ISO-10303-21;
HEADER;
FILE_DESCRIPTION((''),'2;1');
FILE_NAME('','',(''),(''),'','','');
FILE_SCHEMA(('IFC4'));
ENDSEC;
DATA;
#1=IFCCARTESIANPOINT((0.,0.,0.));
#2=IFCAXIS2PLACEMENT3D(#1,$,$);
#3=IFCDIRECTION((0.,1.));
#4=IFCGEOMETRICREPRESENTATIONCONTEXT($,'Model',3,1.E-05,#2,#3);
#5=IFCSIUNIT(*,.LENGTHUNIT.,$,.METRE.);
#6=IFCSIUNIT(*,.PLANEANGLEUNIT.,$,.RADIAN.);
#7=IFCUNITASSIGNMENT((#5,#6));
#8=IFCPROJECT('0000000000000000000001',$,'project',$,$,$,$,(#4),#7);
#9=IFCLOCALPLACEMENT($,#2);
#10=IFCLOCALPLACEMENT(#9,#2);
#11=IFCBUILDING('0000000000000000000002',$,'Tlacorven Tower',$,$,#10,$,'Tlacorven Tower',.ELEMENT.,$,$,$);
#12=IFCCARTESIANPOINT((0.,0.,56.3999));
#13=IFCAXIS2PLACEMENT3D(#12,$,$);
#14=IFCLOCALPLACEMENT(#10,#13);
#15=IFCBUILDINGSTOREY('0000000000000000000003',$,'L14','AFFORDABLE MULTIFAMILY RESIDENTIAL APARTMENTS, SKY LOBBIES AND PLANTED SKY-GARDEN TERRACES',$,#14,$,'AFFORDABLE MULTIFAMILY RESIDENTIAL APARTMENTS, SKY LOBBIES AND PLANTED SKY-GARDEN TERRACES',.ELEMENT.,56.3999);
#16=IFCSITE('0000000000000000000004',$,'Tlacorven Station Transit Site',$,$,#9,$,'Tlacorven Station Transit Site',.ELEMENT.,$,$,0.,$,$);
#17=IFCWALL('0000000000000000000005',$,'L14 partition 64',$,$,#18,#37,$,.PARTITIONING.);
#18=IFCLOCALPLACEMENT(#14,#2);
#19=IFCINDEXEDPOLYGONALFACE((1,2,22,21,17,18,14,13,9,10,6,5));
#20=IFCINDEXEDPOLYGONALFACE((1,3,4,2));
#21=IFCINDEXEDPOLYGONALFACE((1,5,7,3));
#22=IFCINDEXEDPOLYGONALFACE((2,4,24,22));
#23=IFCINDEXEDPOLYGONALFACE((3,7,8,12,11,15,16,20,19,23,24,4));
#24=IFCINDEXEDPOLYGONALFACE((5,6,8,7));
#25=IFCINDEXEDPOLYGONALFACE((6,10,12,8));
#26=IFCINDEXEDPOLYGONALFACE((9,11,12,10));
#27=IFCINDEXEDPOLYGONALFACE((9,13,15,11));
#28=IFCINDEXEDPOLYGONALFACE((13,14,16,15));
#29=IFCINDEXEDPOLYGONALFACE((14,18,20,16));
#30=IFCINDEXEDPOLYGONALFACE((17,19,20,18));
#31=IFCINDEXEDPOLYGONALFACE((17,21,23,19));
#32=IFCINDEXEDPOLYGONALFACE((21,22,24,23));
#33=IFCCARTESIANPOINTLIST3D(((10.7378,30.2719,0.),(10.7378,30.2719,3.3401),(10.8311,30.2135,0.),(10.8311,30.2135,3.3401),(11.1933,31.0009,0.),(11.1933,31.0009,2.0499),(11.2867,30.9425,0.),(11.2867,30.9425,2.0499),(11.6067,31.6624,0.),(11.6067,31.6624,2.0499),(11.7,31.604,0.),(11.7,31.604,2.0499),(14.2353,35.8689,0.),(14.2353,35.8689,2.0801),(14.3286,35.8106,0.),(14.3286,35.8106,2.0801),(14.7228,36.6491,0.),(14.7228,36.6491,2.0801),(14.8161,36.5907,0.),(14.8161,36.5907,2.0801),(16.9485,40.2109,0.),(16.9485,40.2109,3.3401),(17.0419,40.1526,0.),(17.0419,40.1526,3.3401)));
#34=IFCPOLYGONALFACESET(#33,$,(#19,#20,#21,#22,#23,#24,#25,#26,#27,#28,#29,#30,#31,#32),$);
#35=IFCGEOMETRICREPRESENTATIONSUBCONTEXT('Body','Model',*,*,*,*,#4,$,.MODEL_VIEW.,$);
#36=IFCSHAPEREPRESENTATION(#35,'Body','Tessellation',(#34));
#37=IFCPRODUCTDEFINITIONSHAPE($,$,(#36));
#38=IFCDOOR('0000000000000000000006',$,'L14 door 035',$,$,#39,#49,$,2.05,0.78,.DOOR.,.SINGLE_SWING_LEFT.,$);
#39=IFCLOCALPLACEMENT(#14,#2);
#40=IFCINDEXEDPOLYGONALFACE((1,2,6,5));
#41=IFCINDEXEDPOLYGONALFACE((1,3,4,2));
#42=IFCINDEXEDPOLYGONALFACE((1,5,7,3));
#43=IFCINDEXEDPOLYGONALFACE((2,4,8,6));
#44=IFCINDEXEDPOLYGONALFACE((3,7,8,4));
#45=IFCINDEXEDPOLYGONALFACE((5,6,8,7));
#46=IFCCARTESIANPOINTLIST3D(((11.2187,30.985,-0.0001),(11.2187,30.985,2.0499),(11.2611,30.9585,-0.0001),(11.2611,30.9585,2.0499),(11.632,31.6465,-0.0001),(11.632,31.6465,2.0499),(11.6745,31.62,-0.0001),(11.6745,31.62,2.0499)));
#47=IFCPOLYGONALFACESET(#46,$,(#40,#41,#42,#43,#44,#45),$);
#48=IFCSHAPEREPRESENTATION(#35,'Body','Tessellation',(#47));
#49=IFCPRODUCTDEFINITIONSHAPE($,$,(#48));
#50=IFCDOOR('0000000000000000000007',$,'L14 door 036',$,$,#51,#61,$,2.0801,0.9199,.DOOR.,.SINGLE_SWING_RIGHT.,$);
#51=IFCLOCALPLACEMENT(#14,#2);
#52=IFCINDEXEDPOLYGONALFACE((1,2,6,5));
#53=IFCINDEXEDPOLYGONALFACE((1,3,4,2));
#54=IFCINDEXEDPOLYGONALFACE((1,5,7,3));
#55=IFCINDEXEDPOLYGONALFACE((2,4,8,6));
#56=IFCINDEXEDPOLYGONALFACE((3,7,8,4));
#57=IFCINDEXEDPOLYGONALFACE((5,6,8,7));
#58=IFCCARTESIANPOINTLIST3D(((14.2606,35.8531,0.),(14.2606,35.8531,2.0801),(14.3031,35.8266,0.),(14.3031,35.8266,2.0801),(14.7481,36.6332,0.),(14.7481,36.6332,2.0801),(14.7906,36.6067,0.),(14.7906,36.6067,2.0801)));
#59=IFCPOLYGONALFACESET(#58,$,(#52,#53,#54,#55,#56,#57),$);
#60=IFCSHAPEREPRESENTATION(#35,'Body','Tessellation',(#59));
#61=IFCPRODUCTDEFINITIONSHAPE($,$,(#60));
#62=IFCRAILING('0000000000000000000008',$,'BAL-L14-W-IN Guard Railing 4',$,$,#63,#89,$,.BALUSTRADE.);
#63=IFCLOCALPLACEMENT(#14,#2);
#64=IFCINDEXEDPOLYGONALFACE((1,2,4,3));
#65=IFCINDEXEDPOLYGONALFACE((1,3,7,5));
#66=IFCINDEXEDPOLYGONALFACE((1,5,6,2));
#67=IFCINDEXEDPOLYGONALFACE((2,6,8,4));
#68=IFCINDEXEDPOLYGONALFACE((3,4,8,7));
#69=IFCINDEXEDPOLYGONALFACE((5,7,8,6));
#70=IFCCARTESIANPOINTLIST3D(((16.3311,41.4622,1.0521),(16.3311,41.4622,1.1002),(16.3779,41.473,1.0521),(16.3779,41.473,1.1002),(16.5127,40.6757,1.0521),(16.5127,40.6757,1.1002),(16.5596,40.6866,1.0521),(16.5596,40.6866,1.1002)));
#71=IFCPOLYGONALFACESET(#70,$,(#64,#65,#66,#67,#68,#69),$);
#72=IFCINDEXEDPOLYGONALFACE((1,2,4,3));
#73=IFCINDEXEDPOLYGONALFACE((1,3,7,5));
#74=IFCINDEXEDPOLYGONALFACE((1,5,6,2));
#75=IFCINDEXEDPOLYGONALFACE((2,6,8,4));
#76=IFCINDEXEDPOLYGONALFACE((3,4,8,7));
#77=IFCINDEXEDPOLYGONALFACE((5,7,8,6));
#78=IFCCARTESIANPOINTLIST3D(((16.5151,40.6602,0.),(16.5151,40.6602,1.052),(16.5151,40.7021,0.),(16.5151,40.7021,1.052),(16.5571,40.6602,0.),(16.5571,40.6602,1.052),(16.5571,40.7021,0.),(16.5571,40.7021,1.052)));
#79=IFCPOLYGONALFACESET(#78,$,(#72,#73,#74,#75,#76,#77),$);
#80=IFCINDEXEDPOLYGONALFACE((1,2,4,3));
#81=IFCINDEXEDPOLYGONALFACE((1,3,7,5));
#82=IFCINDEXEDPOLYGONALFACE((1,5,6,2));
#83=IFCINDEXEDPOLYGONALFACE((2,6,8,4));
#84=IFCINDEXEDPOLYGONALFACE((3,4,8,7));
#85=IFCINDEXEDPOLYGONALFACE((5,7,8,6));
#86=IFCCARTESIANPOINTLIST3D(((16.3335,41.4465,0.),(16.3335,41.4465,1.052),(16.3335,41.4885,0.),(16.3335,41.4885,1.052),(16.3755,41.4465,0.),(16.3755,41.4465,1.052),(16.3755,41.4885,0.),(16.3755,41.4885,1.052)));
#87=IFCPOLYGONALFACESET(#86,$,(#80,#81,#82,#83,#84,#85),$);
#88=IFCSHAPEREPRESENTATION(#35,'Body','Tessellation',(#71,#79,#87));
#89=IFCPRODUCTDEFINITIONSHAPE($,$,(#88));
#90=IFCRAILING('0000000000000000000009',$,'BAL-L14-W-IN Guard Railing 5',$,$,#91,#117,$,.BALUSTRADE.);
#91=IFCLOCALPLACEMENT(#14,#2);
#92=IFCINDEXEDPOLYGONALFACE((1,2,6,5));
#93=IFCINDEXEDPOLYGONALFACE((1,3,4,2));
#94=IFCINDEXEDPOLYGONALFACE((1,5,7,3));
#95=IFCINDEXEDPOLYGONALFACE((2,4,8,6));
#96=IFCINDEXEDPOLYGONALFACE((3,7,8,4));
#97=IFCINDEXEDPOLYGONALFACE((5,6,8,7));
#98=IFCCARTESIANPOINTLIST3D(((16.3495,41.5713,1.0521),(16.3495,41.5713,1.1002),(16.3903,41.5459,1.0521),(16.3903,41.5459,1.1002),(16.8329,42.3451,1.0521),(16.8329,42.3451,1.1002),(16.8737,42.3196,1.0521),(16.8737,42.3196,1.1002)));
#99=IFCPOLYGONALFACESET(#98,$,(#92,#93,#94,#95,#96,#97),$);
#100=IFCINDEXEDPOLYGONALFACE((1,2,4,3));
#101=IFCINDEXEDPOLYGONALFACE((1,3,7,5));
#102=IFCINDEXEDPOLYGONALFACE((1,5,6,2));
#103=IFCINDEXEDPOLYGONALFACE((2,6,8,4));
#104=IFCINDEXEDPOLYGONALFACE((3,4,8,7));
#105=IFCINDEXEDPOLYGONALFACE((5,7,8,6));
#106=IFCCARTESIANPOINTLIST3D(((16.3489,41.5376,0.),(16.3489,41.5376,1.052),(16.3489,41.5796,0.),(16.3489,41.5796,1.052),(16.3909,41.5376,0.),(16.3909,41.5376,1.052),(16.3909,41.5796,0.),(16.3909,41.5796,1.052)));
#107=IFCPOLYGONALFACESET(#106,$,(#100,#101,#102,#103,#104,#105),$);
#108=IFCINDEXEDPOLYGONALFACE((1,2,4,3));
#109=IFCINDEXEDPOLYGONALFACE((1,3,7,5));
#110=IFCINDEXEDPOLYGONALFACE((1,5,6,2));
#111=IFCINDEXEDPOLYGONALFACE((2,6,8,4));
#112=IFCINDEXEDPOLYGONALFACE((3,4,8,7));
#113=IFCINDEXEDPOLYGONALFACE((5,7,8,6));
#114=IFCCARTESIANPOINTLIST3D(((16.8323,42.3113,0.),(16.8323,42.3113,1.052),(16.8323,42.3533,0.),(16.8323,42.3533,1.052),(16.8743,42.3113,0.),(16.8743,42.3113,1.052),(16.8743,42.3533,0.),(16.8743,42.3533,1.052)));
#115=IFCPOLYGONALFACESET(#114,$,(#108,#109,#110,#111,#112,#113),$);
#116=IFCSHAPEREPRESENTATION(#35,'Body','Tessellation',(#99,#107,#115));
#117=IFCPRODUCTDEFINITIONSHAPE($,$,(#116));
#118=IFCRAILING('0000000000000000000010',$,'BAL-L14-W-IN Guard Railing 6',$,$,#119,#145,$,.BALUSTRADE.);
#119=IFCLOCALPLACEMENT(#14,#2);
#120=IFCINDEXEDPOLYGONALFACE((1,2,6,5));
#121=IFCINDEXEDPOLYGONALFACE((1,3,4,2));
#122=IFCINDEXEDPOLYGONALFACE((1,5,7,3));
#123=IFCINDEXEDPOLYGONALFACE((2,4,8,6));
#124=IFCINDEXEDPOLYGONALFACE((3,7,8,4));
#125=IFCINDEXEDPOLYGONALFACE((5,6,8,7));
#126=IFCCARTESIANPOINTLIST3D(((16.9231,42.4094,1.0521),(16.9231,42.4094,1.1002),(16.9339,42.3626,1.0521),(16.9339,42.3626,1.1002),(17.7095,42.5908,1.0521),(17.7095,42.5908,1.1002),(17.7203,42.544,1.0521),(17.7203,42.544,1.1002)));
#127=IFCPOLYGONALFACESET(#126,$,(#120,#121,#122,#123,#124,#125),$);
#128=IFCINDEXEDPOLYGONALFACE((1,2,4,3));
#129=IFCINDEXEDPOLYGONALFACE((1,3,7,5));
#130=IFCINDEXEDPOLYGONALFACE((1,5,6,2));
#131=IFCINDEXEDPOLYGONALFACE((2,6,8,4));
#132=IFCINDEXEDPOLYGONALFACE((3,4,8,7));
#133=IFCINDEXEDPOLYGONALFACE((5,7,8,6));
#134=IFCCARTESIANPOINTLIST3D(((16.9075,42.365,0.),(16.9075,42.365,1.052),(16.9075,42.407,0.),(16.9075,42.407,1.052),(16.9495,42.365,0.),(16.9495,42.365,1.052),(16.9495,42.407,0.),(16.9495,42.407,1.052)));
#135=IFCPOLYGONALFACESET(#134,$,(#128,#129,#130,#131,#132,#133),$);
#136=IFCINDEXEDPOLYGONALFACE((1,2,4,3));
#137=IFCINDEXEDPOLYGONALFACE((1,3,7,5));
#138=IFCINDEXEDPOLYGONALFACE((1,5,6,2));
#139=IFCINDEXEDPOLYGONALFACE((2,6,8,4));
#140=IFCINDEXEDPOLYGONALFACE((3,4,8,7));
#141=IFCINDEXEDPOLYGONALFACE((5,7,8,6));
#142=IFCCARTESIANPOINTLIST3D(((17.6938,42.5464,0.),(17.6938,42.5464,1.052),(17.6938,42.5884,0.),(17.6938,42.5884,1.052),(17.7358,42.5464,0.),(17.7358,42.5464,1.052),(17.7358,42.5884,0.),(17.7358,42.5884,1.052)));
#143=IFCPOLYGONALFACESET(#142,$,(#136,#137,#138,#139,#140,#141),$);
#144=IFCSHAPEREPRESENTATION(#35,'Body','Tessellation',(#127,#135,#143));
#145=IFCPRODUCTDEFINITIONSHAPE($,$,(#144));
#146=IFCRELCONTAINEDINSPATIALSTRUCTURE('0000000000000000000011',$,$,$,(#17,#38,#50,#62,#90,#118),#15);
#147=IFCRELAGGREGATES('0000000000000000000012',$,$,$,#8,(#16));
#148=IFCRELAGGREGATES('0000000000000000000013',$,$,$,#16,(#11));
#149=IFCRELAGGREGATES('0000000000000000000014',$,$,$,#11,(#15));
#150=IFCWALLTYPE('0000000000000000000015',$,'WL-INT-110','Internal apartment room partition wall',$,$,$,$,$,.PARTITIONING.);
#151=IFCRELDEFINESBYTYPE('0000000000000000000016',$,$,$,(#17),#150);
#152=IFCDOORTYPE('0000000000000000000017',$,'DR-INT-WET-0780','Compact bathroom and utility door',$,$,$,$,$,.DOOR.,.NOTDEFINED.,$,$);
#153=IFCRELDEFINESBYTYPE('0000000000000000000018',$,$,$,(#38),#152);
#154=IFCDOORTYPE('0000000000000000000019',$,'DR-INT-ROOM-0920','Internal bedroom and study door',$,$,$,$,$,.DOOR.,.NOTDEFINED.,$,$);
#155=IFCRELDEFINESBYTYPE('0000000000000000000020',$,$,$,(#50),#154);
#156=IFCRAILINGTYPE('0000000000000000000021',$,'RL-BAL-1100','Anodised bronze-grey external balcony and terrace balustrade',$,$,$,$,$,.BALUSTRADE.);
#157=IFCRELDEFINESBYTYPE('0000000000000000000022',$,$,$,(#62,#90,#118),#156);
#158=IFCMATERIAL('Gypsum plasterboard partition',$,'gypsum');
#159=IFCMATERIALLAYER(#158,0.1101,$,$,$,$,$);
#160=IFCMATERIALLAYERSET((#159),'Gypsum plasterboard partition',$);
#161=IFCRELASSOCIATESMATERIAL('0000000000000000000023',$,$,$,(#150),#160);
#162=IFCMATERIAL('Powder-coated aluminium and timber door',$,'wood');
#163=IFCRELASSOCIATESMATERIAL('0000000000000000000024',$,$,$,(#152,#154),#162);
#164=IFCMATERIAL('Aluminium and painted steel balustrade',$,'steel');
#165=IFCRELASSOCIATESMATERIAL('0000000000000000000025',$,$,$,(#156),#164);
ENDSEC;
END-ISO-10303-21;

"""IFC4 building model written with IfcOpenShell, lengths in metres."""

from ifc_helpers import new_model, si_unit, direction, frame, frame_2d, origin, origin_2d, place, context, subcontext, project, spatial, rectangle, extrude, source, transform, mapped, material, layer, layer_set, type_object, element, fill, save


model = new_model("IFC4")

# Units and contexts
model_context = context("Model", 3, precision=1e-05, world=origin(), true_north=direction((0.0, 1.0)))
body_context = subcontext(model_context, "Body", "Model", "MODEL_VIEW")
ifc_project = project(units=[si_unit("LENGTHUNIT", "METRE"), si_unit("PLANEANGLEUNIT", "RADIAN")], contexts=[model_context])

# Site, building, storey
site_placement = place(None, origin())
site = spatial("IfcSite", under=ifc_project, at=site_placement, Name="Tlacorven Station Transit Site", LongName="Tlacorven Station Transit Site", CompositionType="ELEMENT", RefElevation=0.0)
building_placement = place(site_placement, origin())
building = spatial("IfcBuilding", under=site, at=building_placement, Name="Tlacorven Tower", LongName="Tlacorven Tower", CompositionType="ELEMENT")
storey_placement = place(building_placement, frame((0.0, 0.0, 56.3999)))
storey = spatial("IfcBuildingStorey", under=building, at=storey_placement, Name="L14", Description="AFFORDABLE MULTIFAMILY RESIDENTIAL APARTMENTS, SKY LOBBIES AND PLANTED SKY-GARDEN TERRACES", LongName="AFFORDABLE MULTIFAMILY RESIDENTIAL APARTMENTS, SKY LOBBIES AND PLANTED SKY-GARDEN TERRACES", CompositionType="ELEMENT", Elevation=56.3999)

# Shared definitions
ifc_material_1 = material(Name="Powder-coated aluminium and timber door", Category="wood")

# Wall, openings, doors
ifc_material_2 = material(Name="Gypsum plasterboard partition", Category="gypsum")
ifc_layer_1 = layer(ifc_material_2, 0.1101)
ifc_layer_set_1 = layer_set([ifc_layer_1], Name="Gypsum plasterboard partition")
wall_type_1 = type_object("IfcWallType", Name="WL-INT-110", Description="Internal apartment room partition wall", PredefinedType="PARTITIONING", material=ifc_layer_set_1)
wall_1_placement = place(storey_placement, frame((16.9951, 40.1816, 0.0), z_axis=(0.0, 0.0, 1.0), x_axis=(-0.529928, -0.848043, 0.0)))
wall_1 = element("IfcWall", 1, at=wall_1_placement, inside=storey, type_object=wall_type_1, Name="L14 partition 64", PredefinedType="PARTITIONING", context=body_context, shape_type="SweptSolid", body=[
    extrude(rectangle(XDim=11.72, YDim=0.1101, at=frame_2d((5.8599, 0.0))), origin(), (0.0, 0.0, 1.0), 3.3401),
])
opening_1_placement = place(wall_1_placement, frame((10.0801, 0.0, 0.0)))
opening_1 = element("IfcOpeningElement", 2, at=opening_1_placement, cuts=wall_1, PredefinedType="OPENING", context=body_context, shape_type="SweptSolid", body=[
    extrude(rectangle(XDim=0.78, YDim=2.05, at=frame_2d((0.3901, 1.0249))), frame((0.0, 0.0649, 0.0), z_axis=(0.0, -1.0, 0.0), x_axis=(1.0, 0.0, 0.0)), (0.0, 0.0, 1.0), 0.1301),
])
opening_2_placement = place(wall_1_placement, frame((4.2, 0.0, 0.0)))
opening_2 = element("IfcOpeningElement", 3, at=opening_2_placement, cuts=wall_1, PredefinedType="OPENING", context=body_context, shape_type="SweptSolid", body=[
    extrude(rectangle(XDim=0.9199, YDim=2.0801, at=frame_2d((0.46, 1.04))), frame((0.0, 0.0649, 0.0), z_axis=(0.0, -1.0, 0.0), x_axis=(1.0, 0.0, 0.0)), (0.0, 0.0, 1.0), 0.1301),
])
door_type_1 = type_object("IfcDoorType", Name="DR-INT-WET-0780", Description="Compact bathroom and utility door", OperationType="NOTDEFINED", PredefinedType="DOOR", material=ifc_material_1)
shared_shape_1 = source(origin(), body_context, "Body", "SweptSolid", [
    extrude(rectangle(XDim=0.78, YDim=2.05, at=frame_2d((0.3901, 1.0249))), frame((0.0, 0.0249, 0.0), z_axis=(0.0, -1.0, 0.0), x_axis=(1.0, 0.0, 0.0)), (0.0, 0.0, 1.0), 0.05),
])
door_1_placement = place(opening_1_placement, origin())
door_1 = element("IfcDoor", 4, at=door_1_placement, inside=storey, type_object=door_type_1, Name="L14 door 035", OperationType="SINGLE_SWING_LEFT", OverallHeight=2.05, OverallWidth=0.78, PredefinedType="DOOR", context=body_context, shape_type="MappedRepresentation", body=[
    mapped(shared_shape_1, transform((0.0, 0.0, 0.0), scale=1.0)),
])
fill(opening_1, door_1)
door_type_2 = type_object("IfcDoorType", Name="DR-INT-ROOM-0920", Description="Internal bedroom and study door", OperationType="NOTDEFINED", PredefinedType="DOOR", material=ifc_material_1)
shared_shape_2 = source(origin(), body_context, "Body", "SweptSolid", [
    extrude(rectangle(XDim=0.9199, YDim=2.0801, at=frame_2d((0.46, 1.04))), frame((0.0, 0.0249, 0.0), z_axis=(0.0, -1.0, 0.0), x_axis=(1.0, 0.0, 0.0)), (0.0, 0.0, 1.0), 0.05),
])
door_2_placement = place(opening_2_placement, origin())
door_2 = element("IfcDoor", 5, at=door_2_placement, inside=storey, type_object=door_type_2, Name="L14 door 036", OperationType="SINGLE_SWING_RIGHT", OverallHeight=2.0801, OverallWidth=0.9199, PredefinedType="DOOR", context=body_context, shape_type="MappedRepresentation", body=[
    mapped(shared_shape_2, transform((0.0, 0.0, 0.0), scale=1.0)),
])
fill(opening_2, door_2)

# Railings
ifc_material_3 = material(Name="Aluminium and painted steel balustrade", Category="steel")
railing_type = type_object("IfcRailingType", Name="RL-BAL-1100", Description="Anodised bronze-grey external balcony and terrace balustrade", PredefinedType="BALUSTRADE", material=ifc_material_3)
shared_shape_3 = source(origin(), body_context, "Body", "SweptSolid", [
    extrude(rectangle(XDim=0.0481, YDim=0.0481, at=origin_2d()), frame((0.0, 0.0, 1.0762), z_axis=(-0.225058, 0.974345, 0.0), x_axis=(-0.974345, -0.225058, 0.0)), (0.0, 0.0, 1.0), 0.8071),
    extrude(rectangle(XDim=0.042, YDim=0.042, at=origin_2d()), origin(), (0.0, 0.0, 1.0), 1.052),
    extrude(rectangle(XDim=0.042, YDim=0.042, at=origin_2d()), frame((-0.1816, 0.7864, 0.0)), (0.0, 0.0, 1.0), 1.052),
])
railing_1_placement = place(storey_placement, frame((16.5361, 40.6812, 0.0)))
element("IfcRailing", 6, at=railing_1_placement, inside=storey, type_object=railing_type, Name="BAL-L14-W-IN Guard Railing 4", PredefinedType="BALUSTRADE", context=body_context, shape_type="MappedRepresentation", body=[
    mapped(shared_shape_3, transform((0.0, 0.0, 0.0), scale=1.0)),
])
shared_shape_4 = source(origin(), body_context, "Body", "SweptSolid", [
    extrude(rectangle(XDim=0.0481, YDim=0.0481, at=origin_2d()), frame((0.0, 0.0, 1.0762), z_axis=(0.529879, 0.848073, 0.0), x_axis=(-0.848073, 0.529879, 0.0)), (0.0, 0.0, 1.0), 0.9124),
    extrude(rectangle(XDim=0.042, YDim=0.042, at=origin_2d()), origin(), (0.0, 0.0, 1.0), 1.052),
    extrude(rectangle(XDim=0.042, YDim=0.042, at=origin_2d()), frame((0.4834, 0.7737, 0.0)), (0.0, 0.0, 1.0), 1.052),
])
railing_2_placement = place(storey_placement, frame((16.3699, 41.5586, 0.0)))
element("IfcRailing", 7, at=railing_2_placement, inside=storey, type_object=railing_type, Name="BAL-L14-W-IN Guard Railing 5", PredefinedType="BALUSTRADE", context=body_context, shape_type="MappedRepresentation", body=[
    mapped(shared_shape_4, transform((0.0, 0.0, 0.0), scale=1.0)),
])
shared_shape_5 = source(origin(), body_context, "Body", "SweptSolid", [
    extrude(rectangle(XDim=0.0481, YDim=0.0481, at=origin_2d()), frame((0.0, 0.0, 1.0762), z_axis=(0.974412, 0.224771, 0.0), x_axis=(-0.224771, 0.974412, 0.0)), (0.0, 0.0, 1.0), 0.8071),
    extrude(rectangle(XDim=0.042, YDim=0.042, at=origin_2d()), origin(), (0.0, 0.0, 1.0), 1.052),
    extrude(rectangle(XDim=0.042, YDim=0.042, at=origin_2d()), frame((0.7864, 0.1814, 0.0)), (0.0, 0.0, 1.0), 1.052),
])
railing_3_placement = place(storey_placement, frame((16.9285, 42.386, 0.0)))
element("IfcRailing", 8, at=railing_3_placement, inside=storey, type_object=railing_type, Name="BAL-L14-W-IN Guard Railing 6", PredefinedType="BALUSTRADE", context=body_context, shape_type="MappedRepresentation", body=[
    mapped(shared_shape_5, transform((0.0, 0.0, 0.0), scale=1.0)),
])

save(model, "model.ifc")
